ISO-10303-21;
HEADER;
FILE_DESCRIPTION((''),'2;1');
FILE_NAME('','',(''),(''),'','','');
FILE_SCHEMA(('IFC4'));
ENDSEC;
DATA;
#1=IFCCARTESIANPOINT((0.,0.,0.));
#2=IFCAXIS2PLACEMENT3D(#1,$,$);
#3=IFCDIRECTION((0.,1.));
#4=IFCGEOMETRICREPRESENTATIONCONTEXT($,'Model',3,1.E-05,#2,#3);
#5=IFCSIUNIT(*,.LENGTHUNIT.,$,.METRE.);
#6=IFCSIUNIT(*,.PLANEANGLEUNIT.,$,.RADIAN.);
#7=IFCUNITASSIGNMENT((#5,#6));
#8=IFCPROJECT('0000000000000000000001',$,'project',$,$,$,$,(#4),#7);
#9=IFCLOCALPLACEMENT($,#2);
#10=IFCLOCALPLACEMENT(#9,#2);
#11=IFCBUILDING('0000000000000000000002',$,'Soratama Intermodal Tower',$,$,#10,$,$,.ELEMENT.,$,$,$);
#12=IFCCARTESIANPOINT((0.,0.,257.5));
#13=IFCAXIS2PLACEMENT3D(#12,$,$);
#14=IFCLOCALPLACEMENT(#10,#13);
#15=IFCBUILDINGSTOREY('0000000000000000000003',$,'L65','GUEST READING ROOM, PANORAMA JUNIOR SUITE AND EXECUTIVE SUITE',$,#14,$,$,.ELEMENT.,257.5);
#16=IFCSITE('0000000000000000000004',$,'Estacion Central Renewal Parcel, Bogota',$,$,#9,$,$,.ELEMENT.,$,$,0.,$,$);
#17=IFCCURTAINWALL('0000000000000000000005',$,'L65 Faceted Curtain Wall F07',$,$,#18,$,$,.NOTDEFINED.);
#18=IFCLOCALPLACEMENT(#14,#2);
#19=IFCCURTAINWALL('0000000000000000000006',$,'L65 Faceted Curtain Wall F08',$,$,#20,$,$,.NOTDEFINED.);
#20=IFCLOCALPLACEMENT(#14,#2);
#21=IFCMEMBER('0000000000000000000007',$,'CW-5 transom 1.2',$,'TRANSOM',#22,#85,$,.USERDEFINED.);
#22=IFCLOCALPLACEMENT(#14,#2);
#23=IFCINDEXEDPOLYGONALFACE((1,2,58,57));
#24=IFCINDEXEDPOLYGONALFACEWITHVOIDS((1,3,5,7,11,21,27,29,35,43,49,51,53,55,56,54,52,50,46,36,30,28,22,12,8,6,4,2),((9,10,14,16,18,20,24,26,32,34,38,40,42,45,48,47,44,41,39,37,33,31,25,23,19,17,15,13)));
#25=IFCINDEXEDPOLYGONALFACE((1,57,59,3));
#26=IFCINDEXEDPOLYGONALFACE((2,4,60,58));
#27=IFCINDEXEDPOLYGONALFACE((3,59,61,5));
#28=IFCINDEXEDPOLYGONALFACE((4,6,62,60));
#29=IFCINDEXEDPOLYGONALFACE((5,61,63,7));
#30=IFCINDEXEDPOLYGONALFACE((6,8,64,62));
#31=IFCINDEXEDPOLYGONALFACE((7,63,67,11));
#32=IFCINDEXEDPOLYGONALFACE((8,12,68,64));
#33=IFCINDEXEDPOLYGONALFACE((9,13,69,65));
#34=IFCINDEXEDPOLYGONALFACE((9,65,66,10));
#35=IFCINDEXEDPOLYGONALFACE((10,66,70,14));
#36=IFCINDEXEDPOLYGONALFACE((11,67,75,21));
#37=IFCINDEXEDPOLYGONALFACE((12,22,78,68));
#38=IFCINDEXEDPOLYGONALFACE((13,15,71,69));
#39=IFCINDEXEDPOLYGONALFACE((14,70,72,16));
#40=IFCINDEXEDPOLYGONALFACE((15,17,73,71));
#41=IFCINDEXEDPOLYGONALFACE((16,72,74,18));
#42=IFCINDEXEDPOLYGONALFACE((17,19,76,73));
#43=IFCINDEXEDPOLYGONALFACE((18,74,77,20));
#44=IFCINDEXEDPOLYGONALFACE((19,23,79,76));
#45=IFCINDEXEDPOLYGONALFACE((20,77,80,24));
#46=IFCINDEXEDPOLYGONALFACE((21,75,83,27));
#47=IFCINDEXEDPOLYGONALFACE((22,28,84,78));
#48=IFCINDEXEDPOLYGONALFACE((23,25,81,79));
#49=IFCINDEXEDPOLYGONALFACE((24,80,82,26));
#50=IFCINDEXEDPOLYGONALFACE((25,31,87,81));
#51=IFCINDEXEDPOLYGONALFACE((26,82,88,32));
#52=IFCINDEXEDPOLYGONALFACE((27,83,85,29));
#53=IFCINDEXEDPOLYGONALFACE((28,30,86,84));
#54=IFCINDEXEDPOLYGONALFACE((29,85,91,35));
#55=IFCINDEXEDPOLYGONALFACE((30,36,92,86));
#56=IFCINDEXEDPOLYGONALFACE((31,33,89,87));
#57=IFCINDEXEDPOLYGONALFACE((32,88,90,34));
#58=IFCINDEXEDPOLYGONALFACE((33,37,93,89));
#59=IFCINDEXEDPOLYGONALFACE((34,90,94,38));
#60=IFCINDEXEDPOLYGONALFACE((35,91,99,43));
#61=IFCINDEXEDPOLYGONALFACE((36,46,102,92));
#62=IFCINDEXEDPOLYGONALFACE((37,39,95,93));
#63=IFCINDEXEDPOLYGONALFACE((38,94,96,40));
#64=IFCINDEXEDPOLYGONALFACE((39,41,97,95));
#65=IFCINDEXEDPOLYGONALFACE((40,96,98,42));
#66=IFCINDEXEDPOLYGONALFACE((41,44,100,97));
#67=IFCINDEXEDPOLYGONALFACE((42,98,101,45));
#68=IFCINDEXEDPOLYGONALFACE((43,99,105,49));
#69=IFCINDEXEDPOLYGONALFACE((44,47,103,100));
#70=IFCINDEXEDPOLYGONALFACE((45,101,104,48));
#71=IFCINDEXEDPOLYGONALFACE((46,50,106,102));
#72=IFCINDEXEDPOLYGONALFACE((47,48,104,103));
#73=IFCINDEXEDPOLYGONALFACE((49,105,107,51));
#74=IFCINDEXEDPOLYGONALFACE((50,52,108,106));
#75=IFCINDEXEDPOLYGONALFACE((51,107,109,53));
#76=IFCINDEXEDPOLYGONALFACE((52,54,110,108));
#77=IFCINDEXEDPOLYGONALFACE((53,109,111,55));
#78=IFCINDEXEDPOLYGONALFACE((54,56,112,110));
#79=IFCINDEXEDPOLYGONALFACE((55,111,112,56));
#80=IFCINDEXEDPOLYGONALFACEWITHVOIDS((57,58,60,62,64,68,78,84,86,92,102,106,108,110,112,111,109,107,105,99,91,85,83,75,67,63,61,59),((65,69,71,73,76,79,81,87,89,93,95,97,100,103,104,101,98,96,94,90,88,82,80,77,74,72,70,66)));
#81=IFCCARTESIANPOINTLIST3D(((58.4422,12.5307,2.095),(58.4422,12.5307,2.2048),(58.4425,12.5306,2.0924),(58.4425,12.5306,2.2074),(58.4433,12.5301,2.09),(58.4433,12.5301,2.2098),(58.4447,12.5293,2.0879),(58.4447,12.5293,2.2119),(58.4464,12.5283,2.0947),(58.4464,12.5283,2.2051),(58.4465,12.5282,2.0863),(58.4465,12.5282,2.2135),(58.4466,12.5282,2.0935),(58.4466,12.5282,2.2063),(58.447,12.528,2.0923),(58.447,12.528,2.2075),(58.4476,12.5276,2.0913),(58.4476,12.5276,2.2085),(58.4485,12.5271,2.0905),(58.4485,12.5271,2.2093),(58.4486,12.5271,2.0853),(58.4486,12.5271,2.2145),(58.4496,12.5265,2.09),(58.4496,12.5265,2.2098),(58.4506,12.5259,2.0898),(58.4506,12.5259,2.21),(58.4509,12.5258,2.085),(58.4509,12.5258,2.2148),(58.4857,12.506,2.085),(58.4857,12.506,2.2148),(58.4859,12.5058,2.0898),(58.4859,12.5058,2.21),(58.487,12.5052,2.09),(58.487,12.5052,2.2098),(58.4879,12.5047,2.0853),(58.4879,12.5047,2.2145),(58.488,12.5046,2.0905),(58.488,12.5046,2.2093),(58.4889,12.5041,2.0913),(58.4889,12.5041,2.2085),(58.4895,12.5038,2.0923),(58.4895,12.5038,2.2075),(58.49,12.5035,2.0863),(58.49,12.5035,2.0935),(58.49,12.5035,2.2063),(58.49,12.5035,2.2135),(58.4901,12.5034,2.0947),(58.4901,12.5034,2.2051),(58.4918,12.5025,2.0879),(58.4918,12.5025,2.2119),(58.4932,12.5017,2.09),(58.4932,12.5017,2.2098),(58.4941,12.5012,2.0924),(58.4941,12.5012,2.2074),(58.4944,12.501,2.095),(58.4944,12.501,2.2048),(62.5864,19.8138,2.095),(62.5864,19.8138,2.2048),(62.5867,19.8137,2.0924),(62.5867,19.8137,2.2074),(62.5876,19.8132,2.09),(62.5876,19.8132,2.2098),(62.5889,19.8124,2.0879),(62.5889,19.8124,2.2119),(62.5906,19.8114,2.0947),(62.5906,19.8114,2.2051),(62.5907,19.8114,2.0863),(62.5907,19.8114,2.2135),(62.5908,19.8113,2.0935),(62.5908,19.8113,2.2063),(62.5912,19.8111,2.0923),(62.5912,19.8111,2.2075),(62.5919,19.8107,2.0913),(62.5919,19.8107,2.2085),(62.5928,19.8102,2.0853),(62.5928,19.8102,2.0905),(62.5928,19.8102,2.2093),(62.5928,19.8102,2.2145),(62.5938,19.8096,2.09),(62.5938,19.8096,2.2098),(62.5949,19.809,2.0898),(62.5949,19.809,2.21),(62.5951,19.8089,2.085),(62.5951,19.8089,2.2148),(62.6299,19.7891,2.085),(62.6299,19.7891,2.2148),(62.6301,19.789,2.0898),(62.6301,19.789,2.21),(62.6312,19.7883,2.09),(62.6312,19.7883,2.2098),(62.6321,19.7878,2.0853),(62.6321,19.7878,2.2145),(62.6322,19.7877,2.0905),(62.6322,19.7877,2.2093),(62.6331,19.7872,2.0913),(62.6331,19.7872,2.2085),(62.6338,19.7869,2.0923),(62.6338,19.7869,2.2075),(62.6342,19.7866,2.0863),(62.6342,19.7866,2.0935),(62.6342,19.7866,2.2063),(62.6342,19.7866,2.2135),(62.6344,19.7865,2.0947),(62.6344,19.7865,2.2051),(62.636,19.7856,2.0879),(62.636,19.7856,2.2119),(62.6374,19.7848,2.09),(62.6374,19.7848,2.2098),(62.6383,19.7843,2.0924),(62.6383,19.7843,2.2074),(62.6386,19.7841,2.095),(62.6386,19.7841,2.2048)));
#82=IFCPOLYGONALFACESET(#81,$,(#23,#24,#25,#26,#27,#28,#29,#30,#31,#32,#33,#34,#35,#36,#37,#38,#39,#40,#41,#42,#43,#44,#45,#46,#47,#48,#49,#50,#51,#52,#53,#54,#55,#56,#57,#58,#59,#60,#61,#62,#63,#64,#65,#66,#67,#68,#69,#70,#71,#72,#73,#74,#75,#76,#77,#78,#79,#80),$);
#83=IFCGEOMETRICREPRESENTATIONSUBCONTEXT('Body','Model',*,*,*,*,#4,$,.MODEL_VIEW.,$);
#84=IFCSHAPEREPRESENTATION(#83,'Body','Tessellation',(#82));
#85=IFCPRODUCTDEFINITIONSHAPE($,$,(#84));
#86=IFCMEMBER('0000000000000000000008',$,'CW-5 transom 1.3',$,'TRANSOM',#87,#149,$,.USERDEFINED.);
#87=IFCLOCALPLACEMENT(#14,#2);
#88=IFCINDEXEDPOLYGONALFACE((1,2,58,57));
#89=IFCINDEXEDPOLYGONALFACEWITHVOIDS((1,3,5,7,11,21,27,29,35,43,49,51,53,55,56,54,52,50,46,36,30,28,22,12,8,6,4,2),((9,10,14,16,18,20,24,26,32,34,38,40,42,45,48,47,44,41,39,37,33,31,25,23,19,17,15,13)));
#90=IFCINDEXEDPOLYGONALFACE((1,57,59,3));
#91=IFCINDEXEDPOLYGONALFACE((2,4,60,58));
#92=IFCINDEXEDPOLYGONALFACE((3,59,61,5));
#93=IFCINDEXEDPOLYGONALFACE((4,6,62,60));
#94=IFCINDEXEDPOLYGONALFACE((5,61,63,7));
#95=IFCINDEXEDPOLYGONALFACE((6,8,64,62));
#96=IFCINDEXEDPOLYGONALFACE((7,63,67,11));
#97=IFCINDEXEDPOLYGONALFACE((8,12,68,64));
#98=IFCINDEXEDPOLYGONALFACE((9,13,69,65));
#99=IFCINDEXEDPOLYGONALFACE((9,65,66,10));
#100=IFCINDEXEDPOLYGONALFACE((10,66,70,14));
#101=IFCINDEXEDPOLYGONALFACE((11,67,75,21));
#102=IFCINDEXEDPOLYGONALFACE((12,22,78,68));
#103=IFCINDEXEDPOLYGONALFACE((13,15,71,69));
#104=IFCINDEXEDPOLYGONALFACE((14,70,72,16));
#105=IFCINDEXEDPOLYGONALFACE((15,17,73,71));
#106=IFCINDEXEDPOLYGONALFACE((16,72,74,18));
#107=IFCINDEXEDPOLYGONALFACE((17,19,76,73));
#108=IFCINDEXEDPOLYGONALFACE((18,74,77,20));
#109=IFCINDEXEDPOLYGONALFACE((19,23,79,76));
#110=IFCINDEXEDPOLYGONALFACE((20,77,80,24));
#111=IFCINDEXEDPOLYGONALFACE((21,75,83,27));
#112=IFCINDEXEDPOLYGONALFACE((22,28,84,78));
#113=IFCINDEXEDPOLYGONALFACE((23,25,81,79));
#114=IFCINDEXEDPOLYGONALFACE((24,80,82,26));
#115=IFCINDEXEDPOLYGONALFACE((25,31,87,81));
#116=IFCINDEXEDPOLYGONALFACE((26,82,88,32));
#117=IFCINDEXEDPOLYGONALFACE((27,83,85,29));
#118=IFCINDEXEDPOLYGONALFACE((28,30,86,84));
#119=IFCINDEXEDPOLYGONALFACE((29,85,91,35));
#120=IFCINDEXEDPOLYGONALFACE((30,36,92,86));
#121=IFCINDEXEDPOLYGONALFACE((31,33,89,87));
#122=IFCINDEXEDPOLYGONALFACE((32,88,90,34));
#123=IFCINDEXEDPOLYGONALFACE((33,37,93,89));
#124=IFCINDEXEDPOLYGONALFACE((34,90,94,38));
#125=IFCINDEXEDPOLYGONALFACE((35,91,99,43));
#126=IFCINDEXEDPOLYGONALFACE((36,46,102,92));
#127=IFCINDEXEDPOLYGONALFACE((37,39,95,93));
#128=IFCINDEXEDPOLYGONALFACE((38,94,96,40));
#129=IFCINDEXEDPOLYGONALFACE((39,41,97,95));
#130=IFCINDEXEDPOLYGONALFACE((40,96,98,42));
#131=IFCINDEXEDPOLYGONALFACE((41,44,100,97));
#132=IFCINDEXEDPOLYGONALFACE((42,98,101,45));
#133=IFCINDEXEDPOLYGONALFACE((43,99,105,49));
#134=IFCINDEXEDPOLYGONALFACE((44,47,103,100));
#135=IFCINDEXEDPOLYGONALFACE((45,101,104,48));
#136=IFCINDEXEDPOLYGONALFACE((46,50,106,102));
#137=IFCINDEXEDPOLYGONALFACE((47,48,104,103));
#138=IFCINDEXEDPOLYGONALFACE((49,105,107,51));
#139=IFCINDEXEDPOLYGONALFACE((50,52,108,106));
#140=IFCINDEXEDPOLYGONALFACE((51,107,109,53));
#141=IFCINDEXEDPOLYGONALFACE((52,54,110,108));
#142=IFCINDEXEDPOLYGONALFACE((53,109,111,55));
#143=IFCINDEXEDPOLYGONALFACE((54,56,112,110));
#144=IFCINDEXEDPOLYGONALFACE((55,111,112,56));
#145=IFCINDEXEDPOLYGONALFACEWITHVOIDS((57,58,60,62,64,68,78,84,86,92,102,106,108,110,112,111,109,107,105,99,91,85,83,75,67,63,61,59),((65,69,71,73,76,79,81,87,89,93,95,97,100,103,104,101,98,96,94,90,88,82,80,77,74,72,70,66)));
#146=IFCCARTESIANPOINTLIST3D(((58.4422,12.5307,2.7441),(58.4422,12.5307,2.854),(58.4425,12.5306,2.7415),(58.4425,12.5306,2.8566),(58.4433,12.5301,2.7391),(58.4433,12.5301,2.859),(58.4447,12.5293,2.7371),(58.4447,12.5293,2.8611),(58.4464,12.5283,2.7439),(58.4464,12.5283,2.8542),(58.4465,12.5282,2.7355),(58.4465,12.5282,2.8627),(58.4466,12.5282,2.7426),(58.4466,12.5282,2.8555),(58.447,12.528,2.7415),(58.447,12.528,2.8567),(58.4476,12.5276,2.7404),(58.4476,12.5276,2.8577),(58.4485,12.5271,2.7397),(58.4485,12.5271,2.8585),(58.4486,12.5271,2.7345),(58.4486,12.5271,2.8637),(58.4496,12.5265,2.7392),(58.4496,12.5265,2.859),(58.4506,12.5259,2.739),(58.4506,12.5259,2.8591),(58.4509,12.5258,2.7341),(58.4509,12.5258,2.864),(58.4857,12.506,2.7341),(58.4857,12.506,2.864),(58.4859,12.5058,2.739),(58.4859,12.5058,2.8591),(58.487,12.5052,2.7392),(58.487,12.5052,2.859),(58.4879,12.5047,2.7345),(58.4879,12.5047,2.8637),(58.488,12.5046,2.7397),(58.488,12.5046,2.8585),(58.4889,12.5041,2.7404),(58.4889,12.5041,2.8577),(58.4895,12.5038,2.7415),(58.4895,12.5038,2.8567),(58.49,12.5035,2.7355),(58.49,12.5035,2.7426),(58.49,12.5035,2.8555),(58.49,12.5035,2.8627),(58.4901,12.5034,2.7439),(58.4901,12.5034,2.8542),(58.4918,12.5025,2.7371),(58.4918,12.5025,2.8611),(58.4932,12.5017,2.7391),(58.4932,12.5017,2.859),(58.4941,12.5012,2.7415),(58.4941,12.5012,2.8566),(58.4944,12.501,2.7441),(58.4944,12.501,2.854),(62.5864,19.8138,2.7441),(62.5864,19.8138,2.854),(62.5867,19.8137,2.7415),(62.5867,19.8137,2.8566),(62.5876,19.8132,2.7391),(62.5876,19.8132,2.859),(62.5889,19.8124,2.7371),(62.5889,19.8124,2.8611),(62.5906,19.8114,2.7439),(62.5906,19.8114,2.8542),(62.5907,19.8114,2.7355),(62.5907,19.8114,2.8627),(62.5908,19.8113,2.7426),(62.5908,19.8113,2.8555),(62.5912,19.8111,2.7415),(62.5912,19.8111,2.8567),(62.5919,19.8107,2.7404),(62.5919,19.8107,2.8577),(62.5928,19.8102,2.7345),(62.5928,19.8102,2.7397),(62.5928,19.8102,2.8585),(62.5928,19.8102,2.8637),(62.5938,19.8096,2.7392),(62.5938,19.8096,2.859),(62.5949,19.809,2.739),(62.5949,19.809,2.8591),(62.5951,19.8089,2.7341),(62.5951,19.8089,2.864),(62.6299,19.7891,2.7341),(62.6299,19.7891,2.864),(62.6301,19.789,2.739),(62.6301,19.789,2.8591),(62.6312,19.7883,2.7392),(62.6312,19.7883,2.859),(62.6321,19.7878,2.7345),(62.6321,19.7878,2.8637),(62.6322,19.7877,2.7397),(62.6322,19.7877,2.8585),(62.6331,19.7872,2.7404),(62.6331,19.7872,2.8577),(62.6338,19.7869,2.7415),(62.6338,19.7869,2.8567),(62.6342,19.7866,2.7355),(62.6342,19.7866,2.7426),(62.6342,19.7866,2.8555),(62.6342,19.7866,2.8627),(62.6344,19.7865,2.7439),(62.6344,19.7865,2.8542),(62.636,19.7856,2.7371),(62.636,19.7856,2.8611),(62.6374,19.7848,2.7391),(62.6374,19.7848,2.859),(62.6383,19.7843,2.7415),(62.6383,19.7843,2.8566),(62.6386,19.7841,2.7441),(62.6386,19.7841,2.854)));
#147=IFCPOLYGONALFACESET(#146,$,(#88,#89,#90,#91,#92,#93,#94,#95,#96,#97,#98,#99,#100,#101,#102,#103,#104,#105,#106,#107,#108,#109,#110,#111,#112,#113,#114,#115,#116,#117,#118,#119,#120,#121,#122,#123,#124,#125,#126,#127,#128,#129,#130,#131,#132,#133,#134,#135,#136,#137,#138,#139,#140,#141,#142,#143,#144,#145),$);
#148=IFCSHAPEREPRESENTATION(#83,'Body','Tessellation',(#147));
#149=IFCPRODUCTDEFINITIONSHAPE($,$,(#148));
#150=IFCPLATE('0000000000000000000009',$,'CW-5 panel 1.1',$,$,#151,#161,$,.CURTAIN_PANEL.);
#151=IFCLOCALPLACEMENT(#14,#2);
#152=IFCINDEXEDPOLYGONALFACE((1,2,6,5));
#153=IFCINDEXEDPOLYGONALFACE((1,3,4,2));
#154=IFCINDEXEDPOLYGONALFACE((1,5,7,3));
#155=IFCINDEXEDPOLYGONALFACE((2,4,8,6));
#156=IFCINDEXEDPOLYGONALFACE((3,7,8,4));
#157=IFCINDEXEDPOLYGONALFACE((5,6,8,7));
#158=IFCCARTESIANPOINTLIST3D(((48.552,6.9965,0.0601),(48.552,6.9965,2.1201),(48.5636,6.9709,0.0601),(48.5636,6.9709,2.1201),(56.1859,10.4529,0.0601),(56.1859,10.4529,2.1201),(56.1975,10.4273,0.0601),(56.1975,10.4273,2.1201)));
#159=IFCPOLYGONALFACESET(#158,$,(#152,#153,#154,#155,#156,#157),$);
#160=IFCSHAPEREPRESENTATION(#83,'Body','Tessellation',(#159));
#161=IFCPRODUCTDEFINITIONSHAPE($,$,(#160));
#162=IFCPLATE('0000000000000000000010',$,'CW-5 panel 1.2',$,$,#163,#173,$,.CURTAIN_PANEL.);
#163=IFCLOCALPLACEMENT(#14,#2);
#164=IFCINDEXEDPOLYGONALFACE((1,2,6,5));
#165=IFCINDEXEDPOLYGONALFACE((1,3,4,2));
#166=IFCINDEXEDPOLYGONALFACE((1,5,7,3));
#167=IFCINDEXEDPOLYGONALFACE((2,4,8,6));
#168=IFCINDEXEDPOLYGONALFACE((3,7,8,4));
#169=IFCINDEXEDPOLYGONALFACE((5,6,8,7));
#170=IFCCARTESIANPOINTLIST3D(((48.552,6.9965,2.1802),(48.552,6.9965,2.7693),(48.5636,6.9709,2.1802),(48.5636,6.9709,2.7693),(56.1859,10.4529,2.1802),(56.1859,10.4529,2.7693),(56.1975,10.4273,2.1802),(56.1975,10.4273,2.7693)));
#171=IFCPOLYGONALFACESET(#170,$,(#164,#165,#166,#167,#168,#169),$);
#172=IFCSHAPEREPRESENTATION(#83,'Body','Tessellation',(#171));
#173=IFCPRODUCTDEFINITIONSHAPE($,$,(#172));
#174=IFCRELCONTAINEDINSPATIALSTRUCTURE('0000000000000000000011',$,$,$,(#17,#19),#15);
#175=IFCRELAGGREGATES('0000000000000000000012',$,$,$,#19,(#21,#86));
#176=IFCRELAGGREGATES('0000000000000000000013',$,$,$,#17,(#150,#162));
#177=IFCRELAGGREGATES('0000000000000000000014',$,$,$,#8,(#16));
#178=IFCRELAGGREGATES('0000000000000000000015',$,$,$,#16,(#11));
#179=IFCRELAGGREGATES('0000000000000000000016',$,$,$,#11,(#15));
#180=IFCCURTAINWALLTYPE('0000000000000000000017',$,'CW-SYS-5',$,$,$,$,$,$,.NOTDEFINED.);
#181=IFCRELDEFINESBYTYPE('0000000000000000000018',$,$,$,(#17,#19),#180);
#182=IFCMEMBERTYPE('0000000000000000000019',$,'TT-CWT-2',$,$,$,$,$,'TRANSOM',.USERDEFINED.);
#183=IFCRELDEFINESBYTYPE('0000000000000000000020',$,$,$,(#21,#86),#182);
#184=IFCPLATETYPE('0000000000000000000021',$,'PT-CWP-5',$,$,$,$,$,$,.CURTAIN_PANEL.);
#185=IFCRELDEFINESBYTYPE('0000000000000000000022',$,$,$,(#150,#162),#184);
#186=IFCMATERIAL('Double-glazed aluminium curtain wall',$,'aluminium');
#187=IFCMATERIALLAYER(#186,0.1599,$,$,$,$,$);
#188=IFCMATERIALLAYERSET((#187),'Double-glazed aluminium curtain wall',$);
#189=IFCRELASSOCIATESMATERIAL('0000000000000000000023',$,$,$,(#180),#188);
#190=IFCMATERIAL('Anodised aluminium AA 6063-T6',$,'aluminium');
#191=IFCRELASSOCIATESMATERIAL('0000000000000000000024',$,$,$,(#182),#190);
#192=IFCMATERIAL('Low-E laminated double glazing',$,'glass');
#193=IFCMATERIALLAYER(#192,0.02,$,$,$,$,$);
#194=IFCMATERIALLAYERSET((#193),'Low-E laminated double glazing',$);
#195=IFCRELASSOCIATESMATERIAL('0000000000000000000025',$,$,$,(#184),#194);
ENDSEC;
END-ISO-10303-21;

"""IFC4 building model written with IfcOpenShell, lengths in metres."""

from ifc_helpers import new_model, si_unit, direction, frame, origin, origin_2d, place, context, subcontext, project, spatial, rectangle, hollow_rectangle, extrude, material, layer, layer_set, material_profile, profile_set, type_object, element, aggregate, save


model = new_model("IFC4")

# Units and contexts
model_context = context("Model", 3, precision=1e-05, world=origin(), true_north=direction((0.0, 1.0)))
body_context = subcontext(model_context, "Body", "Model", "MODEL_VIEW")
ifc_project = project(units=[si_unit("LENGTHUNIT", "METRE"), si_unit("PLANEANGLEUNIT", "RADIAN")], contexts=[model_context])

# Site, building, storey
site_placement = place(None, origin())
site = spatial("IfcSite", under=ifc_project, at=site_placement, Name="Estacion Central Renewal Parcel, Bogota", CompositionType="ELEMENT", RefElevation=0.0)
building_placement = place(site_placement, origin())
building = spatial("IfcBuilding", under=site, at=building_placement, Name="Soratama Intermodal Tower", CompositionType="ELEMENT")
storey_placement = place(building_placement, frame((0.0, 0.0, 257.5)))
storey = spatial("IfcBuildingStorey", under=building, at=storey_placement, Name="L65", Description="GUEST READING ROOM, PANORAMA JUNIOR SUITE AND EXECUTIVE SUITE", CompositionType="ELEMENT", Elevation=257.5)

# Curtain walls
ifc_material_1 = material(Name="Double-glazed aluminium curtain wall", Category="aluminium")
ifc_layer_1 = layer(ifc_material_1, 0.1599)
ifc_layer_set_1 = layer_set([ifc_layer_1], Name="Double-glazed aluminium curtain wall")
curtain_wall_type = type_object("IfcCurtainWallType", Name="CW-SYS-5", PredefinedType="NOTDEFINED", material=ifc_layer_set_1)
curtain_wall_1_placement = place(storey_placement, origin())
curtain_wall_1 = element("IfcCurtainWall", 1, at=curtain_wall_1_placement, inside=storey, type_object=curtain_wall_type, Name="L65 Faceted Curtain Wall F07", PredefinedType="NOTDEFINED")
curtain_wall_2_placement = place(storey_placement, origin())
curtain_wall_2 = element("IfcCurtainWall", 2, at=curtain_wall_2_placement, inside=storey, type_object=curtain_wall_type, Name="L65 Faceted Curtain Wall F08", PredefinedType="NOTDEFINED")

# Members
ifc_material_2 = material(Name="Anodised aluminium AA 6063-T6", Category="aluminium")
ifc_material_profile_1 = material_profile(ifc_material_2, hollow_rectangle(XDim=0.0601, YDim=0.1299, WallThickness=0.0049, InnerFilletRadius=0.0049, OuterFilletRadius=0.01, at=origin_2d()), Name="CWT130X60X5")
ifc_profile_set_1 = profile_set([ifc_material_profile_1], Name="Anodised aluminium AA 6063-T6")
member_type_1 = type_object("IfcMemberType", Name="TT-CWT-2", ElementType="TRANSOM", PredefinedType="USERDEFINED", material=ifc_profile_set_1)
member_1_placement = place(storey_placement, frame((58.4683, 12.5159, 2.1499), z_axis=(0.49456, 0.869144, 0.0), x_axis=(-0.869144, 0.49456, 0.0)))
member_1 = element("IfcMember", 3, at=member_1_placement, type_object=member_type_1, Name="CW-5 transom 1.2", ObjectType="TRANSOM", PredefinedType="USERDEFINED", context=body_context, shape_type="SweptSolid", body=[
    extrude(hollow_rectangle(XDim=0.0601, YDim=0.1299, WallThickness=0.0049, InnerFilletRadius=0.0049, OuterFilletRadius=0.01, at=origin_2d()), origin(), (0.0, 0.0, 1.0), 8.3796),
])
member_2_placement = place(storey_placement, frame((58.4683, 12.5159, 2.7991), z_axis=(0.49456, 0.869144, 0.0), x_axis=(-0.869144, 0.49456, 0.0)))
member_2 = element("IfcMember", 4, at=member_2_placement, type_object=member_type_1, Name="CW-5 transom 1.3", ObjectType="TRANSOM", PredefinedType="USERDEFINED", context=body_context, shape_type="SweptSolid", body=[
    extrude(hollow_rectangle(XDim=0.0601, YDim=0.1299, WallThickness=0.0049, InnerFilletRadius=0.0049, OuterFilletRadius=0.01, at=origin_2d()), origin(), (0.0, 0.0, 1.0), 8.3796),
])
aggregate(curtain_wall_2, [member_1, member_2])

# Plates
ifc_material_3 = material(Name="Low-E laminated double glazing", Category="glass")
ifc_layer_2 = layer(ifc_material_3, 0.02)
ifc_layer_set_2 = layer_set([ifc_layer_2], Name="Low-E laminated double glazing")
plate_type = type_object("IfcPlateType", Name="PT-CWP-5", PredefinedType="CURTAIN_PANEL", material=ifc_layer_set_2)
plate_1_placement = place(storey_placement, frame((52.3748, 8.7119, 0.0601), z_axis=(0.0, 0.0, 1.0), x_axis=(0.910972, 0.412468, 0.0)))
plate_1 = element("IfcPlate", 5, at=plate_1_placement, type_object=plate_type, Name="CW-5 panel 1.1", PredefinedType="CURTAIN_PANEL", context=body_context, shape_type="SweptSolid", body=[
    extrude(rectangle(XDim=8.3799, YDim=0.0281, at=origin_2d()), origin(), (0.0, 0.0, 1.0), 2.0601),
])
plate_2_placement = place(storey_placement, frame((52.3748, 8.7119, 2.1802), z_axis=(0.0, 0.0, 1.0), x_axis=(0.910972, 0.412468, 0.0)))
plate_2 = element("IfcPlate", 6, at=plate_2_placement, type_object=plate_type, Name="CW-5 panel 1.2", PredefinedType="CURTAIN_PANEL", context=body_context, shape_type="SweptSolid", body=[
    extrude(rectangle(XDim=8.3799, YDim=0.0281, at=origin_2d()), origin(), (0.0, 0.0, 1.0), 0.5891),
])
aggregate(curtain_wall_1, [plate_1, plate_2])

save(model, "model.ifc")
